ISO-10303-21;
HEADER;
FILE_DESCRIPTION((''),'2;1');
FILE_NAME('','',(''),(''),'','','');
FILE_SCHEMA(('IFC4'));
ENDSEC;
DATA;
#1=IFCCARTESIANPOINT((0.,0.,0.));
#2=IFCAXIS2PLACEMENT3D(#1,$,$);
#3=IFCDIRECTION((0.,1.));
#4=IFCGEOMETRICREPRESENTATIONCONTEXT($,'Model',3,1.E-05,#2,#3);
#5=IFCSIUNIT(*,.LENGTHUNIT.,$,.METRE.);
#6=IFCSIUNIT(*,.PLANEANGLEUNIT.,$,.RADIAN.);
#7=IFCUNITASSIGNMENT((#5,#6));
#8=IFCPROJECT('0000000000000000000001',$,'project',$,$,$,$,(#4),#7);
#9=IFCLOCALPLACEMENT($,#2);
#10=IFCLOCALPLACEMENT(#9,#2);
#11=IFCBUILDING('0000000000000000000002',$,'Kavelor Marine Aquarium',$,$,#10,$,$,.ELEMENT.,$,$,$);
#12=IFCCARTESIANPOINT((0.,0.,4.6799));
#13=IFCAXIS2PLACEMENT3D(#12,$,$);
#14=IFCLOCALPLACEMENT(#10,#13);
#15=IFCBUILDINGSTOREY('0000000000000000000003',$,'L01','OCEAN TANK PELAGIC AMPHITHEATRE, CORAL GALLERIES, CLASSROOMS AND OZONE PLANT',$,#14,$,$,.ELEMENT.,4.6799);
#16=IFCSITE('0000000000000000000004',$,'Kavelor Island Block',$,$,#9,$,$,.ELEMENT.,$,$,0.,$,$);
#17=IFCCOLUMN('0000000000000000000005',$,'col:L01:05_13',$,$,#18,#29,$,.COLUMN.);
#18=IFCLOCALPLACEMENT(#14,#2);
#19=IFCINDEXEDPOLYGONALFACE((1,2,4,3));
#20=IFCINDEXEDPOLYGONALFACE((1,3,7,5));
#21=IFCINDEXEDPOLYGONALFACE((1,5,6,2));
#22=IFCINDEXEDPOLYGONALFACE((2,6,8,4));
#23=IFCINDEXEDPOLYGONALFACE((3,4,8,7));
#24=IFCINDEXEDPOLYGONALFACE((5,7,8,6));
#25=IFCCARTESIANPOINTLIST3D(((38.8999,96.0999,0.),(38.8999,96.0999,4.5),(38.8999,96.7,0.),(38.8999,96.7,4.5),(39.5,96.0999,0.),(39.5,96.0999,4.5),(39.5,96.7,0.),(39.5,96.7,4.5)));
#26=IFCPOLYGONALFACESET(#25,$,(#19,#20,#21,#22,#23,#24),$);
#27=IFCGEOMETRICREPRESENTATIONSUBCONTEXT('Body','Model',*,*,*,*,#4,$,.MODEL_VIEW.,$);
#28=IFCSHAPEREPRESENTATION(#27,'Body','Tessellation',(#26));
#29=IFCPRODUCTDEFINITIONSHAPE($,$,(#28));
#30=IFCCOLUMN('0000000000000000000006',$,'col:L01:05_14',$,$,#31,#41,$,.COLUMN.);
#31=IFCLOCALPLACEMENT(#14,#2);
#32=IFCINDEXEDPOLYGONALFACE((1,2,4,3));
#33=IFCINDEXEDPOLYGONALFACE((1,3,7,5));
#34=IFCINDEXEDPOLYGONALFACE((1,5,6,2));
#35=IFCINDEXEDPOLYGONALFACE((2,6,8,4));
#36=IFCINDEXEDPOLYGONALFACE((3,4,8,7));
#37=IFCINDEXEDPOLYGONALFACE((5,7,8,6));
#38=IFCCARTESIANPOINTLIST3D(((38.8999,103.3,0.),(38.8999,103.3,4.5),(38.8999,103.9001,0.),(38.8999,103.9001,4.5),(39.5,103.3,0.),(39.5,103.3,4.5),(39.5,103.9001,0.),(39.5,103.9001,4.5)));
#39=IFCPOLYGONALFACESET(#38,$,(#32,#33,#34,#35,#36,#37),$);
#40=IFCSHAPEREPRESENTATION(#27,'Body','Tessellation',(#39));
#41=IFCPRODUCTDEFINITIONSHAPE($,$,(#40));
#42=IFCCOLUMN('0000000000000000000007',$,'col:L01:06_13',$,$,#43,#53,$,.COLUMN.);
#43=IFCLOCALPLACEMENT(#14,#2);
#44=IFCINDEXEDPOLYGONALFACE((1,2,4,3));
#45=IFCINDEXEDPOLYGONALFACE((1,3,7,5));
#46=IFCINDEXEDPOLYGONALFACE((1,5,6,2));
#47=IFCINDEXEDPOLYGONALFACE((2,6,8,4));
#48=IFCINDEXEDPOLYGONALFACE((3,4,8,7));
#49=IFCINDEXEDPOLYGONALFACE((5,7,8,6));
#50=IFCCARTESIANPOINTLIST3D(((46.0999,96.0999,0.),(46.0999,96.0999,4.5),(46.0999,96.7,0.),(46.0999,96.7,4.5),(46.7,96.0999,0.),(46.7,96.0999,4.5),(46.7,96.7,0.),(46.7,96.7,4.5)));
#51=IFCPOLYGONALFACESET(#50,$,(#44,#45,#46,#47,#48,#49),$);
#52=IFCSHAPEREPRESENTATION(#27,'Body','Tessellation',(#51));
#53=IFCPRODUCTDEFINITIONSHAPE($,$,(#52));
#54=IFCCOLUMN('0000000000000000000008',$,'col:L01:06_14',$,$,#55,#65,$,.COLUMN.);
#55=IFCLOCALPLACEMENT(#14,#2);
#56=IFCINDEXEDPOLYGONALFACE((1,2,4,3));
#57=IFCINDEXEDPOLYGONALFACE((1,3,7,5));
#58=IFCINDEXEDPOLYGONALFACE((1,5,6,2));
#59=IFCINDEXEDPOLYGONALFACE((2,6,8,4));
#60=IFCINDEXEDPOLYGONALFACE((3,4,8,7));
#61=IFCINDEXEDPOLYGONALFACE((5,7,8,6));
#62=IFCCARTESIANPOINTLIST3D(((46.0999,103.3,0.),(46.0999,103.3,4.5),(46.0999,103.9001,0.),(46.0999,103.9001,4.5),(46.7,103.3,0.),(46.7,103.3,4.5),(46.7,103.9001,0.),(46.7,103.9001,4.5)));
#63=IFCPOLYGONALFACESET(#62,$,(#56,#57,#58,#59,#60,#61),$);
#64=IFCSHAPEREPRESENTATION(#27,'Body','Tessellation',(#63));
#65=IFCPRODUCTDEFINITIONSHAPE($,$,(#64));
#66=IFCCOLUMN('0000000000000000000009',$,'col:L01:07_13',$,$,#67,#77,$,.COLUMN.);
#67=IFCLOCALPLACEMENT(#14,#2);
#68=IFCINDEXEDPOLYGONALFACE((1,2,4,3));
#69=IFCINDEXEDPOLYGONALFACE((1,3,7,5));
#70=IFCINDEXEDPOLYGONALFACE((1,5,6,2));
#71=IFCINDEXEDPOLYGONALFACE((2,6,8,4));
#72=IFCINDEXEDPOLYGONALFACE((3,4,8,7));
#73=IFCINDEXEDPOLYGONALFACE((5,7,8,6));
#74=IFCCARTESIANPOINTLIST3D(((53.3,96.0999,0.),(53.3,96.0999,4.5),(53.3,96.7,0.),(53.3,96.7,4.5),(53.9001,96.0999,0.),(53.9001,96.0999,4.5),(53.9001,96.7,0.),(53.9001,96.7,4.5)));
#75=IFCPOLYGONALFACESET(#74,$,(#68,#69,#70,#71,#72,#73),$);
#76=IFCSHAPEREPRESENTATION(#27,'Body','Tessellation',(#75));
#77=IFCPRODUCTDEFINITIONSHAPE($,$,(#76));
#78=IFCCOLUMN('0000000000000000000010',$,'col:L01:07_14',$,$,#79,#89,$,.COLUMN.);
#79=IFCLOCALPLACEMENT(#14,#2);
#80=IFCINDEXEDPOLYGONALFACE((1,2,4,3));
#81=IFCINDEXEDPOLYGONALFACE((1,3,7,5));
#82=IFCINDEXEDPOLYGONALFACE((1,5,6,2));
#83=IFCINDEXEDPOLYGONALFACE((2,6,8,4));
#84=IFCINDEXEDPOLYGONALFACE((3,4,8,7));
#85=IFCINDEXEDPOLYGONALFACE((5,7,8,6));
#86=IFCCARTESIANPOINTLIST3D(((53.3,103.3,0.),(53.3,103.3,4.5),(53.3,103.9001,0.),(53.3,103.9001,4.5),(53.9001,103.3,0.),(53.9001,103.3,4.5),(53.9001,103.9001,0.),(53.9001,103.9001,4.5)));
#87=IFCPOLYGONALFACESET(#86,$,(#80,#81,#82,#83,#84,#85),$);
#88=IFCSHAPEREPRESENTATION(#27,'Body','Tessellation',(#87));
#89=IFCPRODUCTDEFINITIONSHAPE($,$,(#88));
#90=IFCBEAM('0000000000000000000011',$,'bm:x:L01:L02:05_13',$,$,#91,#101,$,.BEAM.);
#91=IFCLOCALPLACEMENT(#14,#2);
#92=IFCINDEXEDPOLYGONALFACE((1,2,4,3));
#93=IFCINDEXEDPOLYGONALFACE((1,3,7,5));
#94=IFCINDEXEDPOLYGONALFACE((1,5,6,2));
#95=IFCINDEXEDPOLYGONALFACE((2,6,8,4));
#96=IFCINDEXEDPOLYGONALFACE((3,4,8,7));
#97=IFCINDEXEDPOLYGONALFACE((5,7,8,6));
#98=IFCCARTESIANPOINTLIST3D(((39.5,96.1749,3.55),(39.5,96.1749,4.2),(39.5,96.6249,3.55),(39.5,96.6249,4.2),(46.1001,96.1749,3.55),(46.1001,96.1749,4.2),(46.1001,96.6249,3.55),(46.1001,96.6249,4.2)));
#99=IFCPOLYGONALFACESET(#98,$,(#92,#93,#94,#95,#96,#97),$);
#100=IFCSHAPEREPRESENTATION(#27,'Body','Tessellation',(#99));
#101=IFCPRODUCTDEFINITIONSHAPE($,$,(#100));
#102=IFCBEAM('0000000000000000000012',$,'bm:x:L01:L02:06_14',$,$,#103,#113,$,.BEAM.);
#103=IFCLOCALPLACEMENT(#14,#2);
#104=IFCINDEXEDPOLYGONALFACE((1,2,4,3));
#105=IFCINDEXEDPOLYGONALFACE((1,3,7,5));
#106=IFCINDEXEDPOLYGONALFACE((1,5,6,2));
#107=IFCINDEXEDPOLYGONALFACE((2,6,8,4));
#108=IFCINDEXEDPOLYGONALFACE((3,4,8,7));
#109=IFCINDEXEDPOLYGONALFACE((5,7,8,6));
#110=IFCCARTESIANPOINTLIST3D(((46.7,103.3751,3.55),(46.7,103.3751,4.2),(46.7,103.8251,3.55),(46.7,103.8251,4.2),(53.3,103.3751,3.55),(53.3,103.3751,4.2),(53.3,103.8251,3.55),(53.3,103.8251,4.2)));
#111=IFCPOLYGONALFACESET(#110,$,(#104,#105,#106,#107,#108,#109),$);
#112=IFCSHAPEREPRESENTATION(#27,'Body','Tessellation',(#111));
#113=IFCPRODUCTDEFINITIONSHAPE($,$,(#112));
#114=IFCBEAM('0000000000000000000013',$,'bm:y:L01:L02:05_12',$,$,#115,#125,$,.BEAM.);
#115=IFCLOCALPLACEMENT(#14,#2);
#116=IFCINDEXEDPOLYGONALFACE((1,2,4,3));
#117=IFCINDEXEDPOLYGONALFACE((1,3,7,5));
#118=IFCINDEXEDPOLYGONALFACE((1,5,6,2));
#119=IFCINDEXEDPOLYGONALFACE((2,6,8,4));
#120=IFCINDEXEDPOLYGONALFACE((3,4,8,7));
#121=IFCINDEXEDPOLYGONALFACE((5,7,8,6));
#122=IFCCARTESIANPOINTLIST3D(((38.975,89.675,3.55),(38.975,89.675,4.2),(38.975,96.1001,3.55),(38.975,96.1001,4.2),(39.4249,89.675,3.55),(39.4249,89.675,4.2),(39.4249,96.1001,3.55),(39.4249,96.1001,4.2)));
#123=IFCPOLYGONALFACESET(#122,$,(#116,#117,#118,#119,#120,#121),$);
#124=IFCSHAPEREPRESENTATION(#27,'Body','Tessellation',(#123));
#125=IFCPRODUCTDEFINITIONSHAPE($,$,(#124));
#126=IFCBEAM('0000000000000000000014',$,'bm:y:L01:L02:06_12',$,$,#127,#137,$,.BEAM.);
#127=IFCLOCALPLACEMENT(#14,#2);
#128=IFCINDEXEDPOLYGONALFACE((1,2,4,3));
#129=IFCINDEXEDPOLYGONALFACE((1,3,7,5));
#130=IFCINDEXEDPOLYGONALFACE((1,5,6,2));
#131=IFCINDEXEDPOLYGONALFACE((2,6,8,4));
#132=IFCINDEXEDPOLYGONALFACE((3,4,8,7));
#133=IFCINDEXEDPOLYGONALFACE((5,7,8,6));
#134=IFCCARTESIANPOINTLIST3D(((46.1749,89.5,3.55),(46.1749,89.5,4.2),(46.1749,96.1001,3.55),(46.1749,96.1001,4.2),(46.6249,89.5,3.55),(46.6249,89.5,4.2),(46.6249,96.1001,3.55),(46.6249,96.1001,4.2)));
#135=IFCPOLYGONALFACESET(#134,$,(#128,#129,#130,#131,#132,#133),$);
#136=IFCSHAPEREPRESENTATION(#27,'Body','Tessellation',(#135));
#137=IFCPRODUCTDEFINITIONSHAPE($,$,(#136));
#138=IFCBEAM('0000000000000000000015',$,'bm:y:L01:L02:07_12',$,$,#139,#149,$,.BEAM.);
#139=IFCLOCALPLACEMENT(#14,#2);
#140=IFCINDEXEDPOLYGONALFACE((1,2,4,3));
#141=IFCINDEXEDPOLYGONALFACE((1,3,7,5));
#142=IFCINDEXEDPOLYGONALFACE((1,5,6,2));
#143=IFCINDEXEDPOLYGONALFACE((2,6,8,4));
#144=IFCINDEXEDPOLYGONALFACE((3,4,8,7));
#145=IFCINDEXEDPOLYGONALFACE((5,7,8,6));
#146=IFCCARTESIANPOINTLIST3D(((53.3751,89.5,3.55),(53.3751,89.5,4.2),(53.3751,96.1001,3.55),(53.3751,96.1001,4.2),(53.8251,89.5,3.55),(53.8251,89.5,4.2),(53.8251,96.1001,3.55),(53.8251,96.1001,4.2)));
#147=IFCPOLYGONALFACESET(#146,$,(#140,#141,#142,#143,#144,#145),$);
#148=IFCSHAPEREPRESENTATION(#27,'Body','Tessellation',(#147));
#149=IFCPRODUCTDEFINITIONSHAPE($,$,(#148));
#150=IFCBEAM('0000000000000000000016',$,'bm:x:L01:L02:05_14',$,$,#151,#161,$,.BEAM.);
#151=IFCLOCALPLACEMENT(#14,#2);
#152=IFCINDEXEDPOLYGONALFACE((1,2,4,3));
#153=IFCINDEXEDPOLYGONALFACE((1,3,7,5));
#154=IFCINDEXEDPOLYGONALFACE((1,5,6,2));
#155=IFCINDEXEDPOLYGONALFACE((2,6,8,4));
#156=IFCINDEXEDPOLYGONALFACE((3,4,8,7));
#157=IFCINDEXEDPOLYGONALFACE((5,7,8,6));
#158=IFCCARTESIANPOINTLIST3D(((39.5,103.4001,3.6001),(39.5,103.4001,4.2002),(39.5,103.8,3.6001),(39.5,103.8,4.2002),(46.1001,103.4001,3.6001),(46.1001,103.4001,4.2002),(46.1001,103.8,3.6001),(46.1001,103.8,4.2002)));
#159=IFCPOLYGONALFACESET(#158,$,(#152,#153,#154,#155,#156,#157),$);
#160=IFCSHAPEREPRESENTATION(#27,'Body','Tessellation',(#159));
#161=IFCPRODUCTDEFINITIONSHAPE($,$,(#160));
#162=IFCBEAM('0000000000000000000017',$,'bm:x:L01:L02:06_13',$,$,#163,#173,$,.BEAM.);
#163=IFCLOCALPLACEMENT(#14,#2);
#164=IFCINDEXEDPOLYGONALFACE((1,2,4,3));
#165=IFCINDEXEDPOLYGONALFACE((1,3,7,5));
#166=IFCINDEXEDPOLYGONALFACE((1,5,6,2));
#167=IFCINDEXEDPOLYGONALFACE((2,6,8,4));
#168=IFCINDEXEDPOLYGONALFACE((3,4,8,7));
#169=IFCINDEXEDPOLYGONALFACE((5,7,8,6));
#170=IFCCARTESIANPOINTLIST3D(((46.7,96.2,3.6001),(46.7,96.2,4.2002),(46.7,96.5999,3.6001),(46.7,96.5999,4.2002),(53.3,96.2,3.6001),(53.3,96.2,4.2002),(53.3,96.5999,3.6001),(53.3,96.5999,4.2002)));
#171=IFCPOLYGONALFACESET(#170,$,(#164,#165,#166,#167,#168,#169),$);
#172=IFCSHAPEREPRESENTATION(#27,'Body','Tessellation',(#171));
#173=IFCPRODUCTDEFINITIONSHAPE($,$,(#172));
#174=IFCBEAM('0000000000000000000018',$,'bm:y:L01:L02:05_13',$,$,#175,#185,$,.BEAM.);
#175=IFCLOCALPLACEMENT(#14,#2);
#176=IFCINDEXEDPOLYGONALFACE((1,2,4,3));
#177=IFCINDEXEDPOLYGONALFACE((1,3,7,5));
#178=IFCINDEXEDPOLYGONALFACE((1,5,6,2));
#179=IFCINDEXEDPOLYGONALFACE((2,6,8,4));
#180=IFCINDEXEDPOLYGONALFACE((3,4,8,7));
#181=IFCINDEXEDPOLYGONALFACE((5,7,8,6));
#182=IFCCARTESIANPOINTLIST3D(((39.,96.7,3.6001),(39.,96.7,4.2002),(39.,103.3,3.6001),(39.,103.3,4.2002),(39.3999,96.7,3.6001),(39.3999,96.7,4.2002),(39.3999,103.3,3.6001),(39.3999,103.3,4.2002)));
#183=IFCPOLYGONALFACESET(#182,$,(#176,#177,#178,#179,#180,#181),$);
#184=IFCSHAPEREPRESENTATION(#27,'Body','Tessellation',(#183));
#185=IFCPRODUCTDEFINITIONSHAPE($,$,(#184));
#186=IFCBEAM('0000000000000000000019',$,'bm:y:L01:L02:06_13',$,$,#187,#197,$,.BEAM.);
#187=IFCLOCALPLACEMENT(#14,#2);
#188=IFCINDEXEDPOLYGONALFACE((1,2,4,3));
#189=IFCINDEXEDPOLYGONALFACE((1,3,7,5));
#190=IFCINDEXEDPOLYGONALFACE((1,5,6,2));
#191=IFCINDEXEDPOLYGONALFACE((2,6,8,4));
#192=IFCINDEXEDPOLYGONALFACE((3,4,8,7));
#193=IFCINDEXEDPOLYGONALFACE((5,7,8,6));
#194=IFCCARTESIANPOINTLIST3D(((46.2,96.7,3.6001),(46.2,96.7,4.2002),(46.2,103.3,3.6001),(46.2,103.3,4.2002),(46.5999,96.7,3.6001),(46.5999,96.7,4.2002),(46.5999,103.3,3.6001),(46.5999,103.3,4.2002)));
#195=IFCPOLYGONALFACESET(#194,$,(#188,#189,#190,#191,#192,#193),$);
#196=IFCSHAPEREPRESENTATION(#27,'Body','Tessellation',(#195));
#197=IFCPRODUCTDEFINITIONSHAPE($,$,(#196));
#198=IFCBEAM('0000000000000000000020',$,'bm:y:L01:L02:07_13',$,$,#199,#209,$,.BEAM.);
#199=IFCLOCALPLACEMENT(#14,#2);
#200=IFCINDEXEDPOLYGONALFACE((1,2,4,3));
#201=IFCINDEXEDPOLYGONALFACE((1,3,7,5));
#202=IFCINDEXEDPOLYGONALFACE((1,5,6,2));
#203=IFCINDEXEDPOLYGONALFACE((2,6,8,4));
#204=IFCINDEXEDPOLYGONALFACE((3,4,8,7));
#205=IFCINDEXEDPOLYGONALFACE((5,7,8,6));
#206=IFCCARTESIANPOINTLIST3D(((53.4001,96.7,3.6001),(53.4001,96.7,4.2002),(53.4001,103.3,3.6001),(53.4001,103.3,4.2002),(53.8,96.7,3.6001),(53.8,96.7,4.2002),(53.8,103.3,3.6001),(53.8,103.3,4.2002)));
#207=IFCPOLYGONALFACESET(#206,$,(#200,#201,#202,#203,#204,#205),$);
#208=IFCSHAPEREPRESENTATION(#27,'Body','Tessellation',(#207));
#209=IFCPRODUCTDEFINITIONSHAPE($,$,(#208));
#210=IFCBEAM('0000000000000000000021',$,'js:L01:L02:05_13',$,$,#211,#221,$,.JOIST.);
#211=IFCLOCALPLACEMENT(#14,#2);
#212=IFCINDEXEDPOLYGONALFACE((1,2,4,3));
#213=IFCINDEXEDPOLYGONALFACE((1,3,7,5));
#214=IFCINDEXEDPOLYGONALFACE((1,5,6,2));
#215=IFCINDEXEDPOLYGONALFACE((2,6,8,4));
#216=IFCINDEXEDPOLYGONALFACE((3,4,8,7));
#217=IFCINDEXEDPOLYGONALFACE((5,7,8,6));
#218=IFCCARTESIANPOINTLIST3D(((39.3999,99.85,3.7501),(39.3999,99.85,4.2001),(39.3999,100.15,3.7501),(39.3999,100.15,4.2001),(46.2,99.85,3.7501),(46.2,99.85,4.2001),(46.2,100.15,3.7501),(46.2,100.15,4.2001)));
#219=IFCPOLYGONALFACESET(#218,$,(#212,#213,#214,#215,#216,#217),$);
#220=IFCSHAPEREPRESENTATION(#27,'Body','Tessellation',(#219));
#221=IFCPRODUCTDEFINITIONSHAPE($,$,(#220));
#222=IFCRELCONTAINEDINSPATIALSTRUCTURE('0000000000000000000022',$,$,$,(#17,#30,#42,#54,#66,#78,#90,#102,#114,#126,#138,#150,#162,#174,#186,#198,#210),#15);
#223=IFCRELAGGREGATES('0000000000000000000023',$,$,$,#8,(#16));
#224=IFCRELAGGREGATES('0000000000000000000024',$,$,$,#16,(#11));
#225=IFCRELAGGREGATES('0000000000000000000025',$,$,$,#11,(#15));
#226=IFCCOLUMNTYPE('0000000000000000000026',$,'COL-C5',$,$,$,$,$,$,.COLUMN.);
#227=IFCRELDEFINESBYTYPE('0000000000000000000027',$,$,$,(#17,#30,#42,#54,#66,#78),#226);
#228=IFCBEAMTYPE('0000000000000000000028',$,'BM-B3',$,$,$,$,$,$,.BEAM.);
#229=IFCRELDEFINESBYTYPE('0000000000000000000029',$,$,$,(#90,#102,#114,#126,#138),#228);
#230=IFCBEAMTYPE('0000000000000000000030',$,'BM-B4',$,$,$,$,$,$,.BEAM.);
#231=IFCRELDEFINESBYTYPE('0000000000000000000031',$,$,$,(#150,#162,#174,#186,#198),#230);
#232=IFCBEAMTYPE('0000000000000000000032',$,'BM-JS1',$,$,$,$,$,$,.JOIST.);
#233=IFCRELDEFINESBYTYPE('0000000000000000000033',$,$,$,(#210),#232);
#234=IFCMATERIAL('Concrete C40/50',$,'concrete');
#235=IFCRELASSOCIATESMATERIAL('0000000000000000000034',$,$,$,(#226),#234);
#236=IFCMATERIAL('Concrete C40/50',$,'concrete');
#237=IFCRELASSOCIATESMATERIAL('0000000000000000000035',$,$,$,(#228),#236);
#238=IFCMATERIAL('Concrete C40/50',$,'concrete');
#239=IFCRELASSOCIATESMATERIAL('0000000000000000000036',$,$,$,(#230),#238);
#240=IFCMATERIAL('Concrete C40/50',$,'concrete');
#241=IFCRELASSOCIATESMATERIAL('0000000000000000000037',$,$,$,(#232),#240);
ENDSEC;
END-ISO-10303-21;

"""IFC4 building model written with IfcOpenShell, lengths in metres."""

from ifc_helpers import new_model, si_unit, direction, frame, origin, origin_2d, place, context, subcontext, project, spatial, rectangle, extrude, material, material_profile, profile_set, type_object, element, save


model = new_model("IFC4")

# Units and contexts
model_context = context("Model", 3, precision=1e-05, world=origin(), true_north=direction((0.0, 1.0)))
body_context = subcontext(model_context, "Body", "Model", "MODEL_VIEW")
ifc_project = project(units=[si_unit("LENGTHUNIT", "METRE"), si_unit("PLANEANGLEUNIT", "RADIAN")], contexts=[model_context])

# Site, building, storey
site_placement = place(None, origin())
site = spatial("IfcSite", under=ifc_project, at=site_placement, Name="Kavelor Island Block", CompositionType="ELEMENT", RefElevation=0.0)
building_placement = place(site_placement, origin())
building = spatial("IfcBuilding", under=site, at=building_placement, Name="Kavelor Marine Aquarium", CompositionType="ELEMENT")
storey_placement = place(building_placement, frame((0.0, 0.0, 4.6799)))
storey = spatial("IfcBuildingStorey", under=building, at=storey_placement, Name="L01", Description="OCEAN TANK PELAGIC AMPHITHEATRE, CORAL GALLERIES, CLASSROOMS AND OZONE PLANT", CompositionType="ELEMENT", Elevation=4.6799)

# Columns
ifc_material_1 = material(Name="Concrete C40/50", Category="concrete")
ifc_material_profile_1 = material_profile(ifc_material_1, rectangle(XDim=0.6001, YDim=0.6001, at=origin_2d()), Name="RC-COL 600x600")
ifc_profile_set_1 = profile_set([ifc_material_profile_1], Name="Concrete C40/50")
column_type = type_object("IfcColumnType", Name="COL-C5", PredefinedType="COLUMN", material=ifc_profile_set_1)
for number, where, z_axis, x_axis, name in (
    (1, (39.2, 96.3999, 0.0), (0.0, 0.0, 1.0), (1.0, 0.0, 0.0), "col:L01:05_13"),
    (2, (39.2, 103.6001, 0.0), (0.0, 0.0, 1.0), (1.0, 0.0, 0.0), "col:L01:05_14"),
    (3, (46.3999, 96.3999, 0.0), (0.0, 0.0, 1.0), (1.0, 0.0, 0.0), "col:L01:06_13"),
    (4, (46.3999, 103.6001, 0.0), (0.0, 0.0, 1.0), (1.0, 0.0, 0.0), "col:L01:06_14"),
    (5, (53.6001, 96.3999, 0.0), (0.0, 0.0, 1.0), (1.0, 0.0, 0.0), "col:L01:07_13"),
    (6, (53.6001, 103.6001, 0.0), (0.0, 0.0, 1.0), (1.0, 0.0, 0.0), "col:L01:07_14"),
):
    element("IfcColumn", number, at=place(storey_placement, frame(where, z_axis=z_axis, x_axis=x_axis)), inside=storey, type_object=column_type, Name=name, PredefinedType="COLUMN", context=body_context, shape_type="SweptSolid", body=[
        extrude(rectangle(XDim=0.6001, YDim=0.6001, at=origin_2d()), origin(), (0.0, 0.0, 1.0), 4.5),
    ])

# Beams
ifc_material_2 = material(Name="Concrete C40/50", Category="concrete")
ifc_material_profile_2 = material_profile(ifc_material_2, rectangle(XDim=0.45, YDim=0.6499, at=origin_2d()), Name="RC-BM 450x650")
ifc_profile_set_2 = profile_set([ifc_material_profile_2], Name="Concrete C40/50")
beam_type_1 = type_object("IfcBeamType", Name="BM-B3", PredefinedType="BEAM", material=ifc_profile_set_2)
for number, where, z_axis, x_axis, name in (
    (7, (39.5, 96.3999, 3.875), (1.0, 0.0, 0.0), (0.0, 1.0, 0.0), "bm:x:L01:L02:05_13"),
    (8, (46.7, 103.6001, 3.875), (1.0, 0.0, 0.0), (0.0, 1.0, 0.0), "bm:x:L01:L02:06_14"),
):
    element("IfcBeam", number, at=place(storey_placement, frame(where, z_axis=z_axis, x_axis=x_axis)), inside=storey, type_object=beam_type_1, Name=name, PredefinedType="BEAM", context=body_context, shape_type="SweptSolid", body=[
        extrude(rectangle(XDim=0.45, YDim=0.6499, at=origin_2d()), origin(), (0.0, 0.0, 1.0), 6.6001),
    ])
beam_1_placement = place(storey_placement, frame((39.2, 89.675, 3.875), z_axis=(0.0, 1.0, 0.0), x_axis=(-1.0, 0.0, 0.0)))
element("IfcBeam", 9, at=beam_1_placement, inside=storey, type_object=beam_type_1, Name="bm:y:L01:L02:05_12", PredefinedType="BEAM", context=body_context, shape_type="SweptSolid", body=[
    extrude(rectangle(XDim=0.45, YDim=0.6499, at=origin_2d()), origin(), (0.0, 0.0, 1.0), 6.425),
])
for number, where, z_axis, x_axis, name in (
    (10, (46.3999, 89.5, 3.875), (0.0, 1.0, 0.0), (-1.0, 0.0, 0.0), "bm:y:L01:L02:06_12"),
    (11, (53.6001, 89.5, 3.875), (0.0, 1.0, 0.0), (-1.0, 0.0, 0.0), "bm:y:L01:L02:07_12"),
):
    element("IfcBeam", number, at=place(storey_placement, frame(where, z_axis=z_axis, x_axis=x_axis)), inside=storey, type_object=beam_type_1, Name=name, PredefinedType="BEAM", context=body_context, shape_type="SweptSolid", body=[
        extrude(rectangle(XDim=0.45, YDim=0.6499, at=origin_2d()), origin(), (0.0, 0.0, 1.0), 6.6001),
    ])
ifc_material_3 = material(Name="Concrete C40/50", Category="concrete")
ifc_material_profile_3 = material_profile(ifc_material_3, rectangle(XDim=0.3999, YDim=0.6001, at=origin_2d()), Name="RC-BM 400x600")
ifc_profile_set_3 = profile_set([ifc_material_profile_3], Name="Concrete C40/50")
beam_type_2 = type_object("IfcBeamType", Name="BM-B4", PredefinedType="BEAM", material=ifc_profile_set_3)
for number, where, z_axis, x_axis, name in (
    (12, (39.5, 103.6001, 3.9001), (1.0, 0.0, 0.0), (0.0, 1.0, 0.0), "bm:x:L01:L02:05_14"),
    (13, (46.7, 96.3999, 3.9001), (1.0, 0.0, 0.0), (0.0, 1.0, 0.0), "bm:x:L01:L02:06_13"),
    (14, (39.2, 96.7, 3.9001), (0.0, 1.0, 0.0), (-1.0, 0.0, 0.0), "bm:y:L01:L02:05_13"),
    (15, (46.3999, 96.7, 3.9001), (0.0, 1.0, 0.0), (-1.0, 0.0, 0.0), "bm:y:L01:L02:06_13"),
    (16, (53.6001, 96.7, 3.9001), (0.0, 1.0, 0.0), (-1.0, 0.0, 0.0), "bm:y:L01:L02:07_13"),
):
    element("IfcBeam", number, at=place(storey_placement, frame(where, z_axis=z_axis, x_axis=x_axis)), inside=storey, type_object=beam_type_2, Name=name, PredefinedType="BEAM", context=body_context, shape_type="SweptSolid", body=[
        extrude(rectangle(XDim=0.3999, YDim=0.6001, at=origin_2d()), origin(), (0.0, 0.0, 1.0), 6.6001),
    ])
ifc_material_4 = material(Name="Concrete C40/50", Category="concrete")
ifc_material_profile_4 = material_profile(ifc_material_4, rectangle(XDim=0.3, YDim=0.45, at=origin_2d()), Name="RC-JS 300x450")
ifc_profile_set_4 = profile_set([ifc_material_profile_4], Name="Concrete C40/50")
beam_type_3 = type_object("IfcBeamType", Name="BM-JS1", PredefinedType="JOIST", material=ifc_profile_set_4)
beam_2_placement = place(storey_placement, frame((39.3999, 100.0, 3.9751), z_axis=(1.0, 0.0, 0.0), x_axis=(0.0, 1.0, 0.0)))
element("IfcBeam", 17, at=beam_2_placement, inside=storey, type_object=beam_type_3, Name="js:L01:L02:05_13", PredefinedType="JOIST", context=body_context, shape_type="SweptSolid", body=[
    extrude(rectangle(XDim=0.3, YDim=0.45, at=origin_2d()), origin(), (0.0, 0.0, 1.0), 6.8),
])

save(model, "model.ifc")
